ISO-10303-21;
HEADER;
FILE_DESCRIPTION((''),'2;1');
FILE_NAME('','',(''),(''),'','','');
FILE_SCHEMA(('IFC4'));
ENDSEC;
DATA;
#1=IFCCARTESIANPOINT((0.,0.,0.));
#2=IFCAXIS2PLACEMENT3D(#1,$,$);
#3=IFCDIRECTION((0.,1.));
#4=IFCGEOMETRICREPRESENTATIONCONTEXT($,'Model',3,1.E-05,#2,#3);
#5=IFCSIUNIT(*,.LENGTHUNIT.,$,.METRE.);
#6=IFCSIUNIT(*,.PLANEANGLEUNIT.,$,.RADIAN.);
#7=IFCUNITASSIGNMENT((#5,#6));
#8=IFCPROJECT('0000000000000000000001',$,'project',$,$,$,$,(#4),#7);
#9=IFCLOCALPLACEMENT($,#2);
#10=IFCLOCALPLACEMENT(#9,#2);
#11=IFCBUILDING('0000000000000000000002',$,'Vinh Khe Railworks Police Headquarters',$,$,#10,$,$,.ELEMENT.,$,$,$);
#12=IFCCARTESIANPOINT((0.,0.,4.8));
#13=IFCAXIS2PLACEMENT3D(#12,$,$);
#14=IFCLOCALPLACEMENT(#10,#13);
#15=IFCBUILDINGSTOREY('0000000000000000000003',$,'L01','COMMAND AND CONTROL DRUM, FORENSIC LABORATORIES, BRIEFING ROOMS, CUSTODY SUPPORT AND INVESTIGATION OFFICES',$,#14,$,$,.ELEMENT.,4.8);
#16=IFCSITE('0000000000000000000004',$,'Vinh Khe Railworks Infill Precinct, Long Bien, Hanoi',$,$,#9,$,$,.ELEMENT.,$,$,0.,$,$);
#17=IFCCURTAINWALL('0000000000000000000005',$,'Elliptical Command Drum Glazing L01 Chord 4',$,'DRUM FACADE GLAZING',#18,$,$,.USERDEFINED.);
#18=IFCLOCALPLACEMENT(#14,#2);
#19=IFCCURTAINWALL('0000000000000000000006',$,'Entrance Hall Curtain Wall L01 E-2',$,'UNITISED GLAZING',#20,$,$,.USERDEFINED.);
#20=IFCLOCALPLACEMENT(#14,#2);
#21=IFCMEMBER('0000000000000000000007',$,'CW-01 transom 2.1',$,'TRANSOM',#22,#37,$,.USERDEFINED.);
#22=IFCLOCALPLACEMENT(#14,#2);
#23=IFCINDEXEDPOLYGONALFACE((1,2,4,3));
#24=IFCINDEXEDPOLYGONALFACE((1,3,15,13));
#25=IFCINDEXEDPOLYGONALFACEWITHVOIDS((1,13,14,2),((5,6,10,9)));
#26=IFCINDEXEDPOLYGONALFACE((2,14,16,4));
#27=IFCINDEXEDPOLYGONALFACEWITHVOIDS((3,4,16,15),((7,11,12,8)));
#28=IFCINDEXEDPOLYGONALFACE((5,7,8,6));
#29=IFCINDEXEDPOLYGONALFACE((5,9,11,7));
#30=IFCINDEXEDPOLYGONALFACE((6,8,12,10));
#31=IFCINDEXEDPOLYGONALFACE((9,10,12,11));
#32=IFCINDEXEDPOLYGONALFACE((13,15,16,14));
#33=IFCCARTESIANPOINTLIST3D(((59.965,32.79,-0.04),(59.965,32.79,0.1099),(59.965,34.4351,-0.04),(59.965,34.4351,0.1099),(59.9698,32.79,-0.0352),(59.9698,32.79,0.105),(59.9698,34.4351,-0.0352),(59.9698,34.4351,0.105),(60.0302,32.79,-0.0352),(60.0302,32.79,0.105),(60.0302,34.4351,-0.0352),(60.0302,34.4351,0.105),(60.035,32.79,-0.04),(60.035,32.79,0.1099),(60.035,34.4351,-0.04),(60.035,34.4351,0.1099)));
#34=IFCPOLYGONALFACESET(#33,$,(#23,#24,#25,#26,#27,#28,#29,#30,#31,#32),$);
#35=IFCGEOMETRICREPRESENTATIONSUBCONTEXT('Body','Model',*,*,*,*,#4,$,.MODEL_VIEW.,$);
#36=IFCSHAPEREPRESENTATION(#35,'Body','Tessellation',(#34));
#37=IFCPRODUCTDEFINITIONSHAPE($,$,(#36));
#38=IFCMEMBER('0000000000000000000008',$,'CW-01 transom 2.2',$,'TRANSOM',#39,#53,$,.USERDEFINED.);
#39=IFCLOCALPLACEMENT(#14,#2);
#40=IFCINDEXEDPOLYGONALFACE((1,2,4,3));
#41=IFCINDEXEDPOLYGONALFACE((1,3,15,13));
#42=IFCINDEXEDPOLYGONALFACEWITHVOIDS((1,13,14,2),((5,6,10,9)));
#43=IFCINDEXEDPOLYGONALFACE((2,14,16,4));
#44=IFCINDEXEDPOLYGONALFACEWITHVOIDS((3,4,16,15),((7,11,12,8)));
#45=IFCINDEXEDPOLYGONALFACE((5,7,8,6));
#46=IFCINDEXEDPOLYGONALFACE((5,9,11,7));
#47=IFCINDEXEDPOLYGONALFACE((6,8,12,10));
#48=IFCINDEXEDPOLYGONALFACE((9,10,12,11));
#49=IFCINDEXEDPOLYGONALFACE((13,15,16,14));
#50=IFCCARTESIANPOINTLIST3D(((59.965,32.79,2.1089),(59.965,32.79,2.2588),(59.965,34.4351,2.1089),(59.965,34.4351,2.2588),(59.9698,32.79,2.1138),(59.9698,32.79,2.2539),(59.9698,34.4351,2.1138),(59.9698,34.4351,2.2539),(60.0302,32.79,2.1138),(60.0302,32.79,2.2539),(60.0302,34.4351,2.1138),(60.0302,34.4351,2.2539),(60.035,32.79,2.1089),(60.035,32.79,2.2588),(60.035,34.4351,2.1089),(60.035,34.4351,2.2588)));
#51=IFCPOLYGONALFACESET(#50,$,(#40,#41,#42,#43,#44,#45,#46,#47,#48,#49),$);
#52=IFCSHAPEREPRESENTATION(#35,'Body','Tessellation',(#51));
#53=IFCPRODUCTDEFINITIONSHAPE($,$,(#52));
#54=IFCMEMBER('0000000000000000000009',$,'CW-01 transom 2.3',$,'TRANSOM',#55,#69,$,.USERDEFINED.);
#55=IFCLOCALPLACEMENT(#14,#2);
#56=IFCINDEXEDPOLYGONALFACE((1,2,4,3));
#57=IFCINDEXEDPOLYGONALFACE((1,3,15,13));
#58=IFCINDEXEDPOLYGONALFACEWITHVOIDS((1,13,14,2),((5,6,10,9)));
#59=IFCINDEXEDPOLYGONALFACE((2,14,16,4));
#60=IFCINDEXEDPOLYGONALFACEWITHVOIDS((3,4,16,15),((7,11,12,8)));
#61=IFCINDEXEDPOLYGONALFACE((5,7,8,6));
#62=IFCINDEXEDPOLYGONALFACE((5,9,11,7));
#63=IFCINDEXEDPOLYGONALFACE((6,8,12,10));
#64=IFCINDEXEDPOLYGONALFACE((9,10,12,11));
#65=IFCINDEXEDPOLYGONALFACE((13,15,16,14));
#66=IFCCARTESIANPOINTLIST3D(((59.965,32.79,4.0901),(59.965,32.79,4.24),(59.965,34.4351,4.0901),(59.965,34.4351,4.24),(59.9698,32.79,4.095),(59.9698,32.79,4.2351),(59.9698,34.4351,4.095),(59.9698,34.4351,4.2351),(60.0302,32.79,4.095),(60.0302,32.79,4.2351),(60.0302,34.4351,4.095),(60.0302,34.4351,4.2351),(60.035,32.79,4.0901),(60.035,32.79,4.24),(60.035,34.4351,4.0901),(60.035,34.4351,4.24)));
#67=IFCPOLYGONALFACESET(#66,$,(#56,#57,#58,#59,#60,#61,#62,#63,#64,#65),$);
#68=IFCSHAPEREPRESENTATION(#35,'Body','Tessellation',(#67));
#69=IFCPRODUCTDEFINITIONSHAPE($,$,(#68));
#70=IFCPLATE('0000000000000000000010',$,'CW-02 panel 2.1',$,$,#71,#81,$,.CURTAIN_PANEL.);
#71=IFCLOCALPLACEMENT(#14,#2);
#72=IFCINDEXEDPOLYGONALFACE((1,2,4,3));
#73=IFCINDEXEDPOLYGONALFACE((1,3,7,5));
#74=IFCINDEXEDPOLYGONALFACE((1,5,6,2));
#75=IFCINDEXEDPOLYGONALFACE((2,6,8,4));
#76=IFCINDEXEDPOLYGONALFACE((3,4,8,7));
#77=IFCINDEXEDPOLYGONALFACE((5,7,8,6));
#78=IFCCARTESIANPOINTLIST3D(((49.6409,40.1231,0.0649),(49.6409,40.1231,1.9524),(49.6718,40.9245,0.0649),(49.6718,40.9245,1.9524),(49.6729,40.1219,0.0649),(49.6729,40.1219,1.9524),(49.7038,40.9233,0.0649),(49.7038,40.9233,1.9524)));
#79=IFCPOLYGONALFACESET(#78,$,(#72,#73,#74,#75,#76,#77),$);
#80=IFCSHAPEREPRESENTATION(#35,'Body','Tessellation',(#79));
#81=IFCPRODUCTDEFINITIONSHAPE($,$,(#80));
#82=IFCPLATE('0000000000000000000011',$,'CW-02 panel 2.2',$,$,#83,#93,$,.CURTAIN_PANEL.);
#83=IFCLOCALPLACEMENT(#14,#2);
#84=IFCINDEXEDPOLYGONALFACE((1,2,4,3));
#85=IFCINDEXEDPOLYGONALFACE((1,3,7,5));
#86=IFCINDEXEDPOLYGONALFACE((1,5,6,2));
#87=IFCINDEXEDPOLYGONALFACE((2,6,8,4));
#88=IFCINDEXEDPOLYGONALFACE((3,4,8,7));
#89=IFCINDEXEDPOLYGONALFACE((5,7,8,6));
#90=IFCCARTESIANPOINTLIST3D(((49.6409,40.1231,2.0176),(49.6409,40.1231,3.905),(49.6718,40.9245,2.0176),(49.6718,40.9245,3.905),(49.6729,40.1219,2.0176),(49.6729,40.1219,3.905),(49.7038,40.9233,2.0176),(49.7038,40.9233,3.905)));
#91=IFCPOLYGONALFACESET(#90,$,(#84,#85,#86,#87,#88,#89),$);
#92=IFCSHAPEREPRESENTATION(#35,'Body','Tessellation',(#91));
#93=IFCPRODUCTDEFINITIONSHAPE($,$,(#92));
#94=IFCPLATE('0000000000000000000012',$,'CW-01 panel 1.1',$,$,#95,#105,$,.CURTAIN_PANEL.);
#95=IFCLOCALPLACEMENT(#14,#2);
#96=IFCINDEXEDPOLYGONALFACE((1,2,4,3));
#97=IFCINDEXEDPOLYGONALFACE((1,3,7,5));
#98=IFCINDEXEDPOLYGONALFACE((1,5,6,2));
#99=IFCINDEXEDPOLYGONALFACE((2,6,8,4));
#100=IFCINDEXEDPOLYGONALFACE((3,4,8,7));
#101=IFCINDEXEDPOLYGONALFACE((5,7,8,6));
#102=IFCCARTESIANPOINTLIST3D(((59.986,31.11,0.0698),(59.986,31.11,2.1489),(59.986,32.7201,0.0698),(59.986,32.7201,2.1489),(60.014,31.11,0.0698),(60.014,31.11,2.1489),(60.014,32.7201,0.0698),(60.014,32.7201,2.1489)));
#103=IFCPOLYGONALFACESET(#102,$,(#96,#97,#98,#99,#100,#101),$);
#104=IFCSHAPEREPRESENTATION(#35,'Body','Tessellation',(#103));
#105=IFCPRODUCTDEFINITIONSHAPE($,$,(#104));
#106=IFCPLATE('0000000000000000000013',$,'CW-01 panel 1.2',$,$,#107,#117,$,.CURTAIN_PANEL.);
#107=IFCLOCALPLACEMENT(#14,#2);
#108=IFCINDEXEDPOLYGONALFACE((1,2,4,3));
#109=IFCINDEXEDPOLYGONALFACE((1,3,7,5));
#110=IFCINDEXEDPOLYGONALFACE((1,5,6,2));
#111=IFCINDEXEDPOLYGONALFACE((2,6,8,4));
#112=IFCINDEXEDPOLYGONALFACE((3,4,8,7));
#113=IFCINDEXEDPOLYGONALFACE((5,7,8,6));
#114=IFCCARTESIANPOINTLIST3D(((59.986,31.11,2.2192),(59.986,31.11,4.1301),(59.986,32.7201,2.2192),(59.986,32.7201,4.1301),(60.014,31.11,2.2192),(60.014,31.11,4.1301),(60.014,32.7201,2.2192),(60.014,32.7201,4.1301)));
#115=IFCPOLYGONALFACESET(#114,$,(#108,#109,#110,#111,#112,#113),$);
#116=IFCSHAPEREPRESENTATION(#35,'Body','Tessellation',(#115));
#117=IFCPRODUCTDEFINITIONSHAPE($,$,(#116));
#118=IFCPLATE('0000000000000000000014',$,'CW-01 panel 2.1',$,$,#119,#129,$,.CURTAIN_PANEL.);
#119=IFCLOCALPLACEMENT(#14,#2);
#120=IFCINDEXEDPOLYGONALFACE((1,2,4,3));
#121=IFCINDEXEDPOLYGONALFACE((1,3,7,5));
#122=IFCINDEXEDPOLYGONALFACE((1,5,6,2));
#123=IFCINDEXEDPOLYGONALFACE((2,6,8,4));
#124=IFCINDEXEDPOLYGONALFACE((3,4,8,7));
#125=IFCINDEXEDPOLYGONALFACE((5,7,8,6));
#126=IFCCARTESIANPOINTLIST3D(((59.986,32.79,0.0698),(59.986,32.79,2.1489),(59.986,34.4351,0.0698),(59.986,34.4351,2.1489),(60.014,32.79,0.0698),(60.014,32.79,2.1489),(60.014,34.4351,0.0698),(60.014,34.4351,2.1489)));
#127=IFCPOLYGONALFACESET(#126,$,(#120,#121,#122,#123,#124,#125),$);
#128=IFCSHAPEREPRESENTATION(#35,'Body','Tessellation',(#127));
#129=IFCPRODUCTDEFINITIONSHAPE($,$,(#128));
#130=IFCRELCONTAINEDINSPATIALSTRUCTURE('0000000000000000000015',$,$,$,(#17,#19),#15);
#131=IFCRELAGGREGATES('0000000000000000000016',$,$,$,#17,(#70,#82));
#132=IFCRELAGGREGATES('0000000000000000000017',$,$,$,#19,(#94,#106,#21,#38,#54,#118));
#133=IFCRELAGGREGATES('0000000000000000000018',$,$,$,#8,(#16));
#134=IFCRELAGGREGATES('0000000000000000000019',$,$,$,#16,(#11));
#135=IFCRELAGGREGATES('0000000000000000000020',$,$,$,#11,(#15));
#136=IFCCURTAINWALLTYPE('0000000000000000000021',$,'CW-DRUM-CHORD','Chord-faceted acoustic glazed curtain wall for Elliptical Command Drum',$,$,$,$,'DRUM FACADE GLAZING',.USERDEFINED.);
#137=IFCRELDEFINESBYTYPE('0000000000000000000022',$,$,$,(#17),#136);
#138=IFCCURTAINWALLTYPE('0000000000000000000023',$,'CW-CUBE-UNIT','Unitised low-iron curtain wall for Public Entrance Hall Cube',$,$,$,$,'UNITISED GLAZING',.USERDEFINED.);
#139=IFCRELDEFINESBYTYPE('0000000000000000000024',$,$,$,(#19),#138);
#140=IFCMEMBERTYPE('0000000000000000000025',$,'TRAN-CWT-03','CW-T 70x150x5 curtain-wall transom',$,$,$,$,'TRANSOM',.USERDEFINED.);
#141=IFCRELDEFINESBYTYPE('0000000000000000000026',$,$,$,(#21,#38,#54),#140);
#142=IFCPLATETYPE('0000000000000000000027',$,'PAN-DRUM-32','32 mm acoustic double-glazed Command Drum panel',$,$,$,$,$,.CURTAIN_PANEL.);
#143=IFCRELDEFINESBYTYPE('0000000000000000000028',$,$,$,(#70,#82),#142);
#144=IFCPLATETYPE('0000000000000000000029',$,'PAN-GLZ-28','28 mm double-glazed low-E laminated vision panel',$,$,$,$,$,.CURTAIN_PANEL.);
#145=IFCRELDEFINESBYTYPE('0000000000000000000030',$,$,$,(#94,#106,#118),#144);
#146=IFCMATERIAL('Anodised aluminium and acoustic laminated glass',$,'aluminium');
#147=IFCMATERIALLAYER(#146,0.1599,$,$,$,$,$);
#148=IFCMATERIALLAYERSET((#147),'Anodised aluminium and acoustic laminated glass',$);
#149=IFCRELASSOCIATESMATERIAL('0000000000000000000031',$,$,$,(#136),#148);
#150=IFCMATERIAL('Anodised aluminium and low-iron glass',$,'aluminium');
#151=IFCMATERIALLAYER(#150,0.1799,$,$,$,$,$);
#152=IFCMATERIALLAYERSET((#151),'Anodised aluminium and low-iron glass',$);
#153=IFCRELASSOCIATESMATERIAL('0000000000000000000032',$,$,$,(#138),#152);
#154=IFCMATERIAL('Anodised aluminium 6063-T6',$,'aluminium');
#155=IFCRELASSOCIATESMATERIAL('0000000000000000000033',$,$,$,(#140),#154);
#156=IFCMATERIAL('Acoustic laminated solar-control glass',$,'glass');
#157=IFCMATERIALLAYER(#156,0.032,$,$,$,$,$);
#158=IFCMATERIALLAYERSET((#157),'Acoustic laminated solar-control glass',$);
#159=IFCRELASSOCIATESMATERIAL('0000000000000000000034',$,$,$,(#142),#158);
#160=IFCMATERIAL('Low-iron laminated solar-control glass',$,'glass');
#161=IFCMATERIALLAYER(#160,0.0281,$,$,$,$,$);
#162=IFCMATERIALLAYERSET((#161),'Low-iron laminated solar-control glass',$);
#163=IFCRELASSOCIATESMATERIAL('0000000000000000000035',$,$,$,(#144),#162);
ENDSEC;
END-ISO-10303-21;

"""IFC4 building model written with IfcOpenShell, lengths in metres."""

from ifc_helpers import new_model, si_unit, direction, frame, origin, origin_2d, place, context, subcontext, project, spatial, rectangle, hollow_rectangle, extrude, material, layer, layer_set, material_profile, profile_set, type_object, element, aggregate, save


model = new_model("IFC4")

# Units and contexts
model_context = context("Model", 3, precision=1e-05, world=origin(), true_north=direction((0.0, 1.0)))
body_context = subcontext(model_context, "Body", "Model", "MODEL_VIEW")
ifc_project = project(units=[si_unit("LENGTHUNIT", "METRE"), si_unit("PLANEANGLEUNIT", "RADIAN")], contexts=[model_context])

# Site, building, storey
site_placement = place(None, origin())
site = spatial("IfcSite", under=ifc_project, at=site_placement, Name="Vinh Khe Railworks Infill Precinct, Long Bien, Hanoi", CompositionType="ELEMENT", RefElevation=0.0)
building_placement = place(site_placement, origin())
building = spatial("IfcBuilding", under=site, at=building_placement, Name="Vinh Khe Railworks Police Headquarters", CompositionType="ELEMENT")
storey_placement = place(building_placement, frame((0.0, 0.0, 4.8)))
storey = spatial("IfcBuildingStorey", under=building, at=storey_placement, Name="L01", Description="COMMAND AND CONTROL DRUM, FORENSIC LABORATORIES, BRIEFING ROOMS, CUSTODY SUPPORT AND INVESTIGATION OFFICES", CompositionType="ELEMENT", Elevation=4.8)

# Curtain walls
ifc_material_1 = material(Name="Anodised aluminium and acoustic laminated glass", Category="aluminium")
ifc_layer_1 = layer(ifc_material_1, 0.1599)
ifc_layer_set_1 = layer_set([ifc_layer_1], Name="Anodised aluminium and acoustic laminated glass")
curtain_wall_type_1 = type_object("IfcCurtainWallType", Name="CW-DRUM-CHORD", Description="Chord-faceted acoustic glazed curtain wall for Elliptical Command Drum", ElementType="DRUM FACADE GLAZING", PredefinedType="USERDEFINED", material=ifc_layer_set_1)
curtain_wall_1_placement = place(storey_placement, origin())
curtain_wall_1 = element("IfcCurtainWall", 1, at=curtain_wall_1_placement, inside=storey, type_object=curtain_wall_type_1, Name="Elliptical Command Drum Glazing L01 Chord 4", ObjectType="DRUM FACADE GLAZING", PredefinedType="USERDEFINED")
ifc_material_2 = material(Name="Anodised aluminium 6063-T6", Category="aluminium")
ifc_material_3 = material(Name="Anodised aluminium and low-iron glass", Category="aluminium")
ifc_layer_2 = layer(ifc_material_3, 0.1799)
ifc_layer_set_2 = layer_set([ifc_layer_2], Name="Anodised aluminium and low-iron glass")
curtain_wall_type_2 = type_object("IfcCurtainWallType", Name="CW-CUBE-UNIT", Description="Unitised low-iron curtain wall for Public Entrance Hall Cube", ElementType="UNITISED GLAZING", PredefinedType="USERDEFINED", material=ifc_layer_set_2)
curtain_wall_2_placement = place(storey_placement, origin())
curtain_wall_2 = element("IfcCurtainWall", 2, at=curtain_wall_2_placement, inside=storey, type_object=curtain_wall_type_2, Name="Entrance Hall Curtain Wall L01 E-2", ObjectType="UNITISED GLAZING", PredefinedType="USERDEFINED")

# Members
ifc_material_profile_1 = material_profile(ifc_material_2, hollow_rectangle(XDim=0.0701, YDim=0.1499, WallThickness=0.0049, at=origin_2d()), Name="CW-T 70x150x5")
ifc_profile_set_1 = profile_set([ifc_material_profile_1], Name="Anodised aluminium 6063-T6")
member_type_1 = type_object("IfcMemberType", Name="TRAN-CWT-03", Description="CW-T 70x150x5 curtain-wall transom", ElementType="TRANSOM", PredefinedType="USERDEFINED", material=ifc_profile_set_1)
member_1_placement = place(storey_placement, frame((60.0, 32.79, 0.0349), z_axis=(0.0, 1.0, 0.0), x_axis=(-1.0, 0.0, 0.0)))
member_1 = element("IfcMember", 3, at=member_1_placement, type_object=member_type_1, Name="CW-01 transom 2.1", ObjectType="TRANSOM", PredefinedType="USERDEFINED", context=body_context, shape_type="SweptSolid", body=[
    extrude(hollow_rectangle(XDim=0.0701, YDim=0.1499, WallThickness=0.0049, at=origin_2d()), origin(), (0.0, 0.0, 1.0), 1.645),
])
member_2_placement = place(storey_placement, frame((60.0, 32.79, 2.1838), z_axis=(0.0, 1.0, 0.0), x_axis=(-1.0, 0.0, 0.0)))
member_2 = element("IfcMember", 4, at=member_2_placement, type_object=member_type_1, Name="CW-01 transom 2.2", ObjectType="TRANSOM", PredefinedType="USERDEFINED", context=body_context, shape_type="SweptSolid", body=[
    extrude(hollow_rectangle(XDim=0.0701, YDim=0.1499, WallThickness=0.0049, at=origin_2d()), origin(), (0.0, 0.0, 1.0), 1.645),
])
member_3_placement = place(storey_placement, frame((60.0, 32.79, 4.165), z_axis=(0.0, 1.0, 0.0), x_axis=(-1.0, 0.0, 0.0)))
member_3 = element("IfcMember", 5, at=member_3_placement, type_object=member_type_1, Name="CW-01 transom 2.3", ObjectType="TRANSOM", PredefinedType="USERDEFINED", context=body_context, shape_type="SweptSolid", body=[
    extrude(hollow_rectangle(XDim=0.0701, YDim=0.1499, WallThickness=0.0049, at=origin_2d()), origin(), (0.0, 0.0, 1.0), 1.645),
])

# Plates
ifc_material_4 = material(Name="Acoustic laminated solar-control glass", Category="glass")
ifc_layer_3 = layer(ifc_material_4, 0.032)
ifc_layer_set_3 = layer_set([ifc_layer_3], Name="Acoustic laminated solar-control glass")
plate_type_1 = type_object("IfcPlateType", Name="PAN-DRUM-32", Description="32 mm acoustic double-glazed Command Drum panel", PredefinedType="CURTAIN_PANEL", material=ifc_layer_set_3)
plate_1_placement = place(storey_placement, frame((49.6724, 40.5232, 0.0649), z_axis=(0.0, 0.0, 1.0), x_axis=(0.038512, 0.999258, 0.0)))
plate_1 = element("IfcPlate", 6, at=plate_1_placement, type_object=plate_type_1, Name="CW-02 panel 2.1", PredefinedType="CURTAIN_PANEL", context=body_context, shape_type="SweptSolid", body=[
    extrude(rectangle(XDim=0.802, YDim=0.032, at=origin_2d()), origin(), (0.0, 0.0, 1.0), 1.8875),
])
plate_2_placement = place(storey_placement, frame((49.6724, 40.5232, 2.0176), z_axis=(0.0, 0.0, 1.0), x_axis=(0.038512, 0.999258, 0.0)))
plate_2 = element("IfcPlate", 7, at=plate_2_placement, type_object=plate_type_1, Name="CW-02 panel 2.2", PredefinedType="CURTAIN_PANEL", context=body_context, shape_type="SweptSolid", body=[
    extrude(rectangle(XDim=0.802, YDim=0.032, at=origin_2d()), origin(), (0.0, 0.0, 1.0), 1.8875),
])
aggregate(curtain_wall_1, [plate_1, plate_2])
ifc_material_5 = material(Name="Low-iron laminated solar-control glass", Category="glass")
ifc_layer_4 = layer(ifc_material_5, 0.0281)
ifc_layer_set_4 = layer_set([ifc_layer_4], Name="Low-iron laminated solar-control glass")
plate_type_2 = type_object("IfcPlateType", Name="PAN-GLZ-28", Description="28 mm double-glazed low-E laminated vision panel", PredefinedType="CURTAIN_PANEL", material=ifc_layer_set_4)
plate_3_placement = place(storey_placement, frame((60.0, 31.915, 0.0698), z_axis=(0.0, 0.0, 1.0), x_axis=(0.0, 1.0, 0.0)))
plate_3 = element("IfcPlate", 8, at=plate_3_placement, type_object=plate_type_2, Name="CW-01 panel 1.1", PredefinedType="CURTAIN_PANEL", context=body_context, shape_type="SweptSolid", body=[
    extrude(rectangle(XDim=1.6101, YDim=0.0281, at=origin_2d()), origin(), (0.0, 0.0, 1.0), 2.0791),
])
plate_4_placement = place(storey_placement, frame((60.0, 31.915, 2.2192), z_axis=(0.0, 0.0, 1.0), x_axis=(0.0, 1.0, 0.0)))
plate_4 = element("IfcPlate", 9, at=plate_4_placement, type_object=plate_type_2, Name="CW-01 panel 1.2", PredefinedType="CURTAIN_PANEL", context=body_context, shape_type="SweptSolid", body=[
    extrude(rectangle(XDim=1.6101, YDim=0.0281, at=origin_2d()), origin(), (0.0, 0.0, 1.0), 1.9109),
])
plate_5_placement = place(storey_placement, frame((60.0, 33.6125, 0.0698), z_axis=(0.0, 0.0, 1.0), x_axis=(0.0, 1.0, 0.0)))
plate_5 = element("IfcPlate", 10, at=plate_5_placement, type_object=plate_type_2, Name="CW-01 panel 2.1", PredefinedType="CURTAIN_PANEL", context=body_context, shape_type="SweptSolid", body=[
    extrude(rectangle(XDim=1.645, YDim=0.0281, at=origin_2d()), origin(), (0.0, 0.0, 1.0), 2.0791),
])
aggregate(curtain_wall_2, [plate_3, plate_4, member_1, member_2, member_3, plate_5])

save(model, "model.ifc")
